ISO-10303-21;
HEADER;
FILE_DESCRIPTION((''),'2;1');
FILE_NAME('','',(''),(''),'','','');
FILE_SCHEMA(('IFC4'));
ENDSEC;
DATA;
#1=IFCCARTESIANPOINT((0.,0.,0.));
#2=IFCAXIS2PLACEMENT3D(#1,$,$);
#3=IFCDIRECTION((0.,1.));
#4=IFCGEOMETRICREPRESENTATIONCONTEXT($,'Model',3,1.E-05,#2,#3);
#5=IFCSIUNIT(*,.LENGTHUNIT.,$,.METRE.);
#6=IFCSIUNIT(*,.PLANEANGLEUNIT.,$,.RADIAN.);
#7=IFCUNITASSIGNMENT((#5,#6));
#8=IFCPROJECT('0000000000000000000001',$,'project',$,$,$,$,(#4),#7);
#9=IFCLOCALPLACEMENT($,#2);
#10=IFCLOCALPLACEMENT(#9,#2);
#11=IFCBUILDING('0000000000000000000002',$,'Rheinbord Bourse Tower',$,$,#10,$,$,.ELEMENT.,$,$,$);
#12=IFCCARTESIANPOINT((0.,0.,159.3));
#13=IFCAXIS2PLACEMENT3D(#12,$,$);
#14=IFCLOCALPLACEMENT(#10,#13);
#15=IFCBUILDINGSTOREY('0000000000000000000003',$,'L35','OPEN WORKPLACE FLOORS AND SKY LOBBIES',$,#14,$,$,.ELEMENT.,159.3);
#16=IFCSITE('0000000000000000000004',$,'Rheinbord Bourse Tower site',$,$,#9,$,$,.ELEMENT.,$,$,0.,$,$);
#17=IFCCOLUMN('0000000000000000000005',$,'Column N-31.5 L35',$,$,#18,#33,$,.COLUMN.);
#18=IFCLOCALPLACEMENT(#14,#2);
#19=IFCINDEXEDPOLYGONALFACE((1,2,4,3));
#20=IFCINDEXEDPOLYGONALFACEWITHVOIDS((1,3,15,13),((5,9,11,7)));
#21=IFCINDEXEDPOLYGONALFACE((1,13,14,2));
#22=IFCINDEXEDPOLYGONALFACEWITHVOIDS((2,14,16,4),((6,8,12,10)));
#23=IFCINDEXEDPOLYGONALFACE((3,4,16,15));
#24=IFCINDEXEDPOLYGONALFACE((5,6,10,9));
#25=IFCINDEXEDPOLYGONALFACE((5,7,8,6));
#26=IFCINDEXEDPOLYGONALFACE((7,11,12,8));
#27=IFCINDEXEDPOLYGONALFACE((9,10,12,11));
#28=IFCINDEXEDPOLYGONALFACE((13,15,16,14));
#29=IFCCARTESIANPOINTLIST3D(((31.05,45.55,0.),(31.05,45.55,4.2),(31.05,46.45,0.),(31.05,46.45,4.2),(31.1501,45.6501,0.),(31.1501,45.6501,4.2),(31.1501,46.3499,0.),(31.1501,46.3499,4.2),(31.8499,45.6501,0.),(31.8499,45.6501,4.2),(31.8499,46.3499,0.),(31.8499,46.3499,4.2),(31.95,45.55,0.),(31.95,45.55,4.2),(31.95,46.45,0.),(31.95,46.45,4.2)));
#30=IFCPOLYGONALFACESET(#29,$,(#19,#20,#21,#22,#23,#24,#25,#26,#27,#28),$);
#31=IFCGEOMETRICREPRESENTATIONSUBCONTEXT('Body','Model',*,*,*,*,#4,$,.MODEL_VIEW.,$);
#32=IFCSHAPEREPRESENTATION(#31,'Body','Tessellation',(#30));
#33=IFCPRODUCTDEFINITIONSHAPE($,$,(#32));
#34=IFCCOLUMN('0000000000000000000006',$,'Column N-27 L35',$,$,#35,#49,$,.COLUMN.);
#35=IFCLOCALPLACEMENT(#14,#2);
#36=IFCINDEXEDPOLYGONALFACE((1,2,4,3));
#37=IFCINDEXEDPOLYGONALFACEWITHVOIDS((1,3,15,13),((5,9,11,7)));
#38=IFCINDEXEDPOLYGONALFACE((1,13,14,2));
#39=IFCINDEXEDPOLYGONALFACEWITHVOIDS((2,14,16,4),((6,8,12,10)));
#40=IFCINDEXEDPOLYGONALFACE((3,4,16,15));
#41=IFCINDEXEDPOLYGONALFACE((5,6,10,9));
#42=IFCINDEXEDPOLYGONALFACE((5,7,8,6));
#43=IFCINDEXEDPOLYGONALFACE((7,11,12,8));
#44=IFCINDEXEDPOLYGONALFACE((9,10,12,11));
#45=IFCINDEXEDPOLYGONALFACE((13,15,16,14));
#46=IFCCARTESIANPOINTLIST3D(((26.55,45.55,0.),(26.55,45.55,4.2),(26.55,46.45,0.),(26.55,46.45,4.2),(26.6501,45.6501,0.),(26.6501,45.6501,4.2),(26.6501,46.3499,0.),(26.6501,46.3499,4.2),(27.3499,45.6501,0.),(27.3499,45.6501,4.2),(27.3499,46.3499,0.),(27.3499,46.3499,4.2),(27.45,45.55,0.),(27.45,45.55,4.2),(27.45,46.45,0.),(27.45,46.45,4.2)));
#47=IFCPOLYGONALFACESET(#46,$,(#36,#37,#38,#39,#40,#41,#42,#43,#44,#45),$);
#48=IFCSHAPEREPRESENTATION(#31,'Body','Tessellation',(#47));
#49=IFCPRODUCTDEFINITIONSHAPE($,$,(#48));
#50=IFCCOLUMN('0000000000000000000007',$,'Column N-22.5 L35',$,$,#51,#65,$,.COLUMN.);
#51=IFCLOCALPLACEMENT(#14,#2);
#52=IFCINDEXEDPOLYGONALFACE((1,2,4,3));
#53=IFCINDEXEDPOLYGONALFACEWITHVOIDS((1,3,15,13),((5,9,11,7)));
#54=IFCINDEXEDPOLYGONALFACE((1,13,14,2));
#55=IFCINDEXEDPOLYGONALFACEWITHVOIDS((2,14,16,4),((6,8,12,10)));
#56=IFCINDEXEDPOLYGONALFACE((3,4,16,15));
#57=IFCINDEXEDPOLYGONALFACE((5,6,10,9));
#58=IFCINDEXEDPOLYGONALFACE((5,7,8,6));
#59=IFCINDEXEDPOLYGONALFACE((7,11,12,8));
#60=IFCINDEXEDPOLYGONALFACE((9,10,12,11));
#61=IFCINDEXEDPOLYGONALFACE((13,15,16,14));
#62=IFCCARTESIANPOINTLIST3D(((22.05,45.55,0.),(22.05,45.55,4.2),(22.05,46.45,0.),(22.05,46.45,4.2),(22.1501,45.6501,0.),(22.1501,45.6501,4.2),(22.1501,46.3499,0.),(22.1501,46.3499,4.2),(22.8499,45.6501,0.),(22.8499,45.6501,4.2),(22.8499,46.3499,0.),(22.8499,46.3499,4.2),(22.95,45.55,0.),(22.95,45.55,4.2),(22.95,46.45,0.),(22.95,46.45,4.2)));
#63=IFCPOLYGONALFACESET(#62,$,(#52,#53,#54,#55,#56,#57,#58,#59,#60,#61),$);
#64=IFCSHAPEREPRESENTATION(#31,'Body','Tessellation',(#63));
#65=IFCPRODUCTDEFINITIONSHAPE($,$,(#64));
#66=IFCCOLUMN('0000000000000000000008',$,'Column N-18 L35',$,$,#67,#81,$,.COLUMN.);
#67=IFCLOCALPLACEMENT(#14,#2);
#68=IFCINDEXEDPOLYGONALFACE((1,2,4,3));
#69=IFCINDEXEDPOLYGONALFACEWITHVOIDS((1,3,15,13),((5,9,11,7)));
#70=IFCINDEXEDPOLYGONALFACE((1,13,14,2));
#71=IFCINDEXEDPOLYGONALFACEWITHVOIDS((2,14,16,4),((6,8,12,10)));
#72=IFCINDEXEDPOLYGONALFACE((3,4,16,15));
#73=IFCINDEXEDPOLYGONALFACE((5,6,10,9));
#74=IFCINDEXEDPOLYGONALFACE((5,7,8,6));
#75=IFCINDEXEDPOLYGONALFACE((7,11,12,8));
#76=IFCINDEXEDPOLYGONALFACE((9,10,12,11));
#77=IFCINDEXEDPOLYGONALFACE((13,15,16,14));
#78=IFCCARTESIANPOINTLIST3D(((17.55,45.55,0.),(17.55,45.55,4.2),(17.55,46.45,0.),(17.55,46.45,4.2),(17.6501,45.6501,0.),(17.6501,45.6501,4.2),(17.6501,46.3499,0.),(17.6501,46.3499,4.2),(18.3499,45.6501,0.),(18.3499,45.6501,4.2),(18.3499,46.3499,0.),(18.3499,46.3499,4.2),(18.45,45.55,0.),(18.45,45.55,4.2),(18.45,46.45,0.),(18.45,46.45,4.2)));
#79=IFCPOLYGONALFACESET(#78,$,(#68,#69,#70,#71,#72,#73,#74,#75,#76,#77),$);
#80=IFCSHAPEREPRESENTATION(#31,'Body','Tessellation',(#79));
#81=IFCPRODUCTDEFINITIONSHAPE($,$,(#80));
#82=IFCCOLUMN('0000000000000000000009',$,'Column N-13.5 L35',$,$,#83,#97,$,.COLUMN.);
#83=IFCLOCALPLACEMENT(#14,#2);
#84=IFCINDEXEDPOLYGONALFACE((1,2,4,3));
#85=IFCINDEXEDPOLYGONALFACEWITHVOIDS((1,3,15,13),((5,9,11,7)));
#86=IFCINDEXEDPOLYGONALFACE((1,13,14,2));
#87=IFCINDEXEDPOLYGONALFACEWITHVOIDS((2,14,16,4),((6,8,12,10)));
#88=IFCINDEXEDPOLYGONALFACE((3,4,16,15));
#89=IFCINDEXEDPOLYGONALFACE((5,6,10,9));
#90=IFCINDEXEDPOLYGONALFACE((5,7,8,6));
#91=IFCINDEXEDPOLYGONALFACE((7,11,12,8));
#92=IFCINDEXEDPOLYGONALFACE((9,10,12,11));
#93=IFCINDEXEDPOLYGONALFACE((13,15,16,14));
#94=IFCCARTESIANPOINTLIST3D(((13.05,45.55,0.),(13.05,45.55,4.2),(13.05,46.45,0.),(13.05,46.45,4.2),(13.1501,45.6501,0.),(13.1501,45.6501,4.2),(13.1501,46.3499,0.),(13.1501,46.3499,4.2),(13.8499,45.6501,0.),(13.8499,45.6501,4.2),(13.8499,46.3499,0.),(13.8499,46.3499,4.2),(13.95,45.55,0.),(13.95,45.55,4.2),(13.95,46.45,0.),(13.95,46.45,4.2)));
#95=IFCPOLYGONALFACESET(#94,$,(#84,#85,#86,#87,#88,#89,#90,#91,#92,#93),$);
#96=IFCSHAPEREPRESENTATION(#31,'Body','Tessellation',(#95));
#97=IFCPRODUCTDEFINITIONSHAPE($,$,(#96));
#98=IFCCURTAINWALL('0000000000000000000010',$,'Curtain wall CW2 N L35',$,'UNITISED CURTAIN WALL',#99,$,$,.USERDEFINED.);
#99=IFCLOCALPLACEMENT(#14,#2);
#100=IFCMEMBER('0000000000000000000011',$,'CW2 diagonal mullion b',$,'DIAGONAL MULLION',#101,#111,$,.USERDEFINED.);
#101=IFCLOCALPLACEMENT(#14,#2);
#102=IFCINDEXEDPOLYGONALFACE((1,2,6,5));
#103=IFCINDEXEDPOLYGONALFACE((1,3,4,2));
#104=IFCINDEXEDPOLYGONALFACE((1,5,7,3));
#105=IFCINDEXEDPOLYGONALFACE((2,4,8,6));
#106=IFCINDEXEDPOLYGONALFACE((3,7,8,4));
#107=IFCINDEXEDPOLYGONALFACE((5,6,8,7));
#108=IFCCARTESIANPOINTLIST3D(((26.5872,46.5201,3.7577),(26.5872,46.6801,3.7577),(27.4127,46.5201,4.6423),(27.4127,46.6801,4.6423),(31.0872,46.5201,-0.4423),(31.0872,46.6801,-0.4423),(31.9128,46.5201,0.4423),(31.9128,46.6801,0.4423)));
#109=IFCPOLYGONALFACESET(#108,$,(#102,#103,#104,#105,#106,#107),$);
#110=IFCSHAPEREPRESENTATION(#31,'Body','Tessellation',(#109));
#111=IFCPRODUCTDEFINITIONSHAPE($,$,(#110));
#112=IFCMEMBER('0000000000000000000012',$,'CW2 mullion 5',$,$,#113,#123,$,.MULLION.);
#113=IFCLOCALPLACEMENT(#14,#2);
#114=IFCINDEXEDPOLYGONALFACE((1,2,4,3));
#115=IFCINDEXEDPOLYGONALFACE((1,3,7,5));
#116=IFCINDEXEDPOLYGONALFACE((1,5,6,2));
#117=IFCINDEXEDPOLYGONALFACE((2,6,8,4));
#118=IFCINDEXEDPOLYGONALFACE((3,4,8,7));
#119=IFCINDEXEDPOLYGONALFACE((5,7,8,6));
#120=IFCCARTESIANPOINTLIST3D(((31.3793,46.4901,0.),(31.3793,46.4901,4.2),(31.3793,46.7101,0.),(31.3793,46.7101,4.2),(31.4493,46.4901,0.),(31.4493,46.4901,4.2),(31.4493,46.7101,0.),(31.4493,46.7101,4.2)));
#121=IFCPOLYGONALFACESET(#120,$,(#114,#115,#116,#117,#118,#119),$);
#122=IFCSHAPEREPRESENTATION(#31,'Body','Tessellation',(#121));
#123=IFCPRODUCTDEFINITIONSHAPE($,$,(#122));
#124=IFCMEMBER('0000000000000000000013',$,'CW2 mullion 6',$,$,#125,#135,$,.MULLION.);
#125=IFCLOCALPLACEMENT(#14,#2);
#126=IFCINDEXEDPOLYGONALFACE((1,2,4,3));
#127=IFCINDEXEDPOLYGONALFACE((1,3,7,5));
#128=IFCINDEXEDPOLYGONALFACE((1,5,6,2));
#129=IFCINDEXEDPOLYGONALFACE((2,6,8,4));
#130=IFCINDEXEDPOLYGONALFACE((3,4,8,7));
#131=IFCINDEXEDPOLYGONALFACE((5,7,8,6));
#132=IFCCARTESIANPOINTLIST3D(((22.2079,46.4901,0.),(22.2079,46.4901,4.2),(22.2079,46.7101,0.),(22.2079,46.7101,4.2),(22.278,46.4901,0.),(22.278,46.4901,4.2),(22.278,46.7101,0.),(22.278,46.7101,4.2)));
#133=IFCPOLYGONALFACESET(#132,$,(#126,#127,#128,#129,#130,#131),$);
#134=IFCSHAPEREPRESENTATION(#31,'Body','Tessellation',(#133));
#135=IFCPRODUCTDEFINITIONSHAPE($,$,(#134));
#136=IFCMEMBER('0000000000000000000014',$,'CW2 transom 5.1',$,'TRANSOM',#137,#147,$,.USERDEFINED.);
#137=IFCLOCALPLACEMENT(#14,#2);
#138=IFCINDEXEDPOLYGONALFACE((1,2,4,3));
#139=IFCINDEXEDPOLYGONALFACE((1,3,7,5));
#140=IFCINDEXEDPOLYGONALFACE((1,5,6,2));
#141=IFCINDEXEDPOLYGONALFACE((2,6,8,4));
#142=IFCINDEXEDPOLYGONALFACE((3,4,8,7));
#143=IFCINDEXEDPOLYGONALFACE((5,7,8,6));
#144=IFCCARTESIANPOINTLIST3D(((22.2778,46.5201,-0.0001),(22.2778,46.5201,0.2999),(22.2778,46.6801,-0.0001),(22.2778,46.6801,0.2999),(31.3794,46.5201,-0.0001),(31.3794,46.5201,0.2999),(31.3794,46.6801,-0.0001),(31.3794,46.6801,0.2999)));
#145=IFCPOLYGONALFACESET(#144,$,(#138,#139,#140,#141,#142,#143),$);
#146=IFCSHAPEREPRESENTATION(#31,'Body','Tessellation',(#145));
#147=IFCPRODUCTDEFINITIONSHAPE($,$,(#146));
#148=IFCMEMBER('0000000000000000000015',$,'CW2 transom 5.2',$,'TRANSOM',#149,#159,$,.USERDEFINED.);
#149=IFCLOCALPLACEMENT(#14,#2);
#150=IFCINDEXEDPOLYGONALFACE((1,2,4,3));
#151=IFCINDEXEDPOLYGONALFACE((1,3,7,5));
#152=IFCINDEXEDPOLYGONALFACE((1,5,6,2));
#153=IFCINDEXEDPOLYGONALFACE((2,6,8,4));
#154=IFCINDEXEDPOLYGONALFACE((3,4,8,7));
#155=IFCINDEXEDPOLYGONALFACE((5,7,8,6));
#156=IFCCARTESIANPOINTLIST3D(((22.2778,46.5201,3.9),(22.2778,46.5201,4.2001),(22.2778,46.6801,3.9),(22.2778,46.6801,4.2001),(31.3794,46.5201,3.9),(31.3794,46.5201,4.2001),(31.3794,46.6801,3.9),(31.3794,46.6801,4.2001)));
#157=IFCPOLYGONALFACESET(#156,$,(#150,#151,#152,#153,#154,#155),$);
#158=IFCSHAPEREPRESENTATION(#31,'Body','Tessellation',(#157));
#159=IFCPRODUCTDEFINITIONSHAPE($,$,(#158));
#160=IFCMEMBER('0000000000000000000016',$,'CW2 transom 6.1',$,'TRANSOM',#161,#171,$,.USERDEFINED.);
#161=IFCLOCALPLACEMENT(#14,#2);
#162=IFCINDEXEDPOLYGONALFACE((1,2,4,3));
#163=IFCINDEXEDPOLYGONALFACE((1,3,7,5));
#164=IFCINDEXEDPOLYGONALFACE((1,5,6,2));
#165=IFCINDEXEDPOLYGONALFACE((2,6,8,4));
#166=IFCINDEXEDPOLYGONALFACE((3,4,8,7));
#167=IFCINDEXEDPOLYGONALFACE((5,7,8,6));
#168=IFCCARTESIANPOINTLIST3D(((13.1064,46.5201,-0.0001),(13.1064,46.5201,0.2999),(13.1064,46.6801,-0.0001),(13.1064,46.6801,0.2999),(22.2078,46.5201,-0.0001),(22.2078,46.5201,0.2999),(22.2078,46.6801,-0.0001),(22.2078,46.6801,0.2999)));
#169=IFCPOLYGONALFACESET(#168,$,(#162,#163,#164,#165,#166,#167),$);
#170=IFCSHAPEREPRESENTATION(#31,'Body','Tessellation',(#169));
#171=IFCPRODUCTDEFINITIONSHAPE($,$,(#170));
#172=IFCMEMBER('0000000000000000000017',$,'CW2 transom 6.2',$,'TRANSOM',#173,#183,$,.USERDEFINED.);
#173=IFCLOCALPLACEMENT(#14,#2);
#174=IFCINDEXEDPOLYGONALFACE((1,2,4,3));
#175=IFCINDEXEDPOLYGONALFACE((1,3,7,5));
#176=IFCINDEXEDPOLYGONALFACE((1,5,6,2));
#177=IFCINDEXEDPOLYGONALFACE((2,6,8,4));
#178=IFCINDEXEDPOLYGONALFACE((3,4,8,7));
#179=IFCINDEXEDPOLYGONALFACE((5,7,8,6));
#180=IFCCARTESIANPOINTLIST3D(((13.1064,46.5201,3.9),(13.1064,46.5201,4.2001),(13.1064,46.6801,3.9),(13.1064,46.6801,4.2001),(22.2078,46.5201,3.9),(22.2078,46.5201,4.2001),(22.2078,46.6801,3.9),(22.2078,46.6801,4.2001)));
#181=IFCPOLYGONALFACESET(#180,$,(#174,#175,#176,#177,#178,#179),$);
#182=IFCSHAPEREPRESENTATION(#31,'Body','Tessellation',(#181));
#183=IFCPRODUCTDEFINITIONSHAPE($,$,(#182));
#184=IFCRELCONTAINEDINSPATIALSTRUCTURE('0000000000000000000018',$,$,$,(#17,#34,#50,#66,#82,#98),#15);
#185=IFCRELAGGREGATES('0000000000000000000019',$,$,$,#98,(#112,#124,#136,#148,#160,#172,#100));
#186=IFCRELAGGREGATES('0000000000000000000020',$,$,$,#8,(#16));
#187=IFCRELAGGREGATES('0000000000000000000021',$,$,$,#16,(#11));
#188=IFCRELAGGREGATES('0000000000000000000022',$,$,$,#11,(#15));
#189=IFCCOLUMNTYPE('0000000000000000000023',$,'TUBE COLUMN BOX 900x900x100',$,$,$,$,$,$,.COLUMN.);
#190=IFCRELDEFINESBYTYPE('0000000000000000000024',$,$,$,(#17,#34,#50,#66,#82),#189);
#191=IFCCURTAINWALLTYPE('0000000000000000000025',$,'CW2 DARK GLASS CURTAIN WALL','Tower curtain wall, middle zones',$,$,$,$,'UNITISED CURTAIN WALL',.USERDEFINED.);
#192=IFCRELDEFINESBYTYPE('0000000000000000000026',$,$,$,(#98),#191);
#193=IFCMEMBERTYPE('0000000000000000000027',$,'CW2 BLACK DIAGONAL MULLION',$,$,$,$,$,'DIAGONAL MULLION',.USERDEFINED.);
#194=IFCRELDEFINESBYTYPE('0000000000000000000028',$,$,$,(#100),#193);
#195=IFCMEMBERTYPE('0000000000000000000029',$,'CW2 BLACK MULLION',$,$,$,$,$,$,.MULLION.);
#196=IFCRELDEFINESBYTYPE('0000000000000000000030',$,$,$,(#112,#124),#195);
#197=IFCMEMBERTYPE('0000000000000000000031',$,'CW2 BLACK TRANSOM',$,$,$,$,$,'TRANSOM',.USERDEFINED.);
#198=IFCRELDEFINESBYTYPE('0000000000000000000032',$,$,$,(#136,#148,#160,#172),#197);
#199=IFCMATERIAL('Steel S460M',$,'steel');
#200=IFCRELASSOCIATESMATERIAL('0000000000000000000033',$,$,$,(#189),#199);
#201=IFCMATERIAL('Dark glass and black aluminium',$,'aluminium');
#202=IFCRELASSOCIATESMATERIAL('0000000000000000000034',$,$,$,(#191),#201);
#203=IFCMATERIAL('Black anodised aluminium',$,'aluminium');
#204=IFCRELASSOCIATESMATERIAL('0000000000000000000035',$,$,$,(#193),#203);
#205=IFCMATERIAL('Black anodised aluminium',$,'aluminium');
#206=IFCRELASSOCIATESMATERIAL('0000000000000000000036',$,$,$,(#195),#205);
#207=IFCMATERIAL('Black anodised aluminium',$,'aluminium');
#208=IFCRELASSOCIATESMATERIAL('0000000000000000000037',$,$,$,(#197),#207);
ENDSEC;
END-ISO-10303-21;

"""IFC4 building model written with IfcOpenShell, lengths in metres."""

from ifc_helpers import new_model, si_unit, direction, frame, origin, origin_2d, place, context, subcontext, project, spatial, rectangle, hollow_rectangle, extrude, material, material_profile, profile_set, type_object, element, aggregate, save


model = new_model("IFC4")

# Units and contexts
model_context = context("Model", 3, precision=1e-05, world=origin(), true_north=direction((0.0, 1.0)))
body_context = subcontext(model_context, "Body", "Model", "MODEL_VIEW")
ifc_project = project(units=[si_unit("LENGTHUNIT", "METRE"), si_unit("PLANEANGLEUNIT", "RADIAN")], contexts=[model_context])

# Site, building, storey
site_placement = place(None, origin())
site = spatial("IfcSite", under=ifc_project, at=site_placement, Name="Rheinbord Bourse Tower site", CompositionType="ELEMENT", RefElevation=0.0)
building_placement = place(site_placement, origin())
building = spatial("IfcBuilding", under=site, at=building_placement, Name="Rheinbord Bourse Tower", CompositionType="ELEMENT")
storey_placement = place(building_placement, frame((0.0, 0.0, 159.3)))
storey = spatial("IfcBuildingStorey", under=building, at=storey_placement, Name="L35", Description="OPEN WORKPLACE FLOORS AND SKY LOBBIES", CompositionType="ELEMENT", Elevation=159.3)

# Columns
ifc_material_1 = material(Name="Steel S460M", Category="steel")
ifc_material_profile_1 = material_profile(ifc_material_1, hollow_rectangle(XDim=0.8999, YDim=0.8999, WallThickness=0.1001, at=origin_2d()), Name="BOX 900x900x100")
ifc_profile_set_1 = profile_set([ifc_material_profile_1], Name="Steel S460M")
column_type = type_object("IfcColumnType", Name="TUBE COLUMN BOX 900x900x100", PredefinedType="COLUMN", material=ifc_profile_set_1)
for number, where, z_axis, x_axis, name in (
    (1, (31.5, 46.0, 0.0), (0.0, 0.0, 1.0), (0.0, 1.0, 0.0), "Column N-31.5 L35"),
    (2, (27.0, 46.0, 0.0), (0.0, 0.0, 1.0), (0.0, 1.0, 0.0), "Column N-27 L35"),
    (3, (22.5, 46.0, 0.0), (0.0, 0.0, 1.0), (0.0, 1.0, 0.0), "Column N-22.5 L35"),
    (4, (18.0, 46.0, 0.0), (0.0, 0.0, 1.0), (0.0, 1.0, 0.0), "Column N-18 L35"),
    (5, (13.5, 46.0, 0.0), (0.0, 0.0, 1.0), (0.0, 1.0, 0.0), "Column N-13.5 L35"),
):
    element("IfcColumn", number, at=place(storey_placement, frame(where, z_axis=z_axis, x_axis=x_axis)), inside=storey, type_object=column_type, Name=name, PredefinedType="COLUMN", context=body_context, shape_type="SweptSolid", body=[
        extrude(hollow_rectangle(XDim=0.8999, YDim=0.8999, WallThickness=0.1001, at=origin_2d()), origin(), (0.0, 0.0, 1.0), 4.2),
    ])

# Curtain wall, members
ifc_material_2 = material(Name="Dark glass and black aluminium", Category="aluminium")
curtain_wall_type = type_object("IfcCurtainWallType", Name="CW2 DARK GLASS CURTAIN WALL", Description="Tower curtain wall, middle zones", ElementType="UNITISED CURTAIN WALL", PredefinedType="USERDEFINED", material=ifc_material_2)
curtain_wall_placement = place(storey_placement, origin())
curtain_wall = element("IfcCurtainWall", 6, at=curtain_wall_placement, inside=storey, type_object=curtain_wall_type, Name="Curtain wall CW2 N L35", ObjectType="UNITISED CURTAIN WALL", PredefinedType="USERDEFINED")
ifc_material_3 = material(Name="Black anodised aluminium", Category="aluminium")
ifc_material_profile_2 = material_profile(ifc_material_3, rectangle(XDim=0.1599, YDim=1.21, at=origin_2d()), Name="CW2 DIAGONAL MULLION 1210x160")
ifc_profile_set_2 = profile_set([ifc_material_profile_2], Name="Black anodised aluminium")
member_type_1 = type_object("IfcMemberType", Name="CW2 BLACK DIAGONAL MULLION", ElementType="DIAGONAL MULLION", PredefinedType="USERDEFINED", material=ifc_profile_set_2)
member_1_placement = place(storey_placement, frame((31.5, 46.6001, 0.0), z_axis=(-0.731059, 0.0, 0.682314), x_axis=(0.0, -1.0, 0.0)))
member_1 = element("IfcMember", 7, at=member_1_placement, type_object=member_type_1, Name="CW2 diagonal mullion b", ObjectType="DIAGONAL MULLION", PredefinedType="USERDEFINED", context=body_context, shape_type="SweptSolid", body=[
    extrude(rectangle(XDim=0.1599, YDim=1.21, at=origin_2d()), origin(), (0.0, 0.0, 1.0), 6.1555),
])
ifc_material_4 = material(Name="Black anodised aluminium", Category="aluminium")
ifc_material_profile_3 = material_profile(ifc_material_4, rectangle(XDim=0.22, YDim=0.0701, at=origin_2d()), Name="CW2 MULLION 70x220")
ifc_profile_set_3 = profile_set([ifc_material_profile_3], Name="Black anodised aluminium")
member_type_2 = type_object("IfcMemberType", Name="CW2 BLACK MULLION", PredefinedType="MULLION", material=ifc_profile_set_3)
member_2_placement = place(storey_placement, frame((31.4143, 46.6001, 0.0), z_axis=(0.0, 0.0, 1.0), x_axis=(0.0, -1.0, 0.0)))
member_2 = element("IfcMember", 8, at=member_2_placement, type_object=member_type_2, Name="CW2 mullion 5", PredefinedType="MULLION", context=body_context, shape_type="SweptSolid", body=[
    extrude(rectangle(XDim=0.22, YDim=0.0701, at=origin_2d()), origin(), (0.0, 0.0, 1.0), 4.2),
])
member_3_placement = place(storey_placement, frame((22.2429, 46.6001, 0.0), z_axis=(0.0, 0.0, 1.0), x_axis=(0.0, -1.0, 0.0)))
member_3 = element("IfcMember", 9, at=member_3_placement, type_object=member_type_2, Name="CW2 mullion 6", PredefinedType="MULLION", context=body_context, shape_type="SweptSolid", body=[
    extrude(rectangle(XDim=0.22, YDim=0.0701, at=origin_2d()), origin(), (0.0, 0.0, 1.0), 4.2),
])
ifc_material_5 = material(Name="Black anodised aluminium", Category="aluminium")
ifc_material_profile_4 = material_profile(ifc_material_5, rectangle(XDim=0.1599, YDim=0.3, at=origin_2d()), Name="CW2 TRANSOM 300x160")
ifc_profile_set_4 = profile_set([ifc_material_profile_4], Name="Black anodised aluminium")
member_type_3 = type_object("IfcMemberType", Name="CW2 BLACK TRANSOM", ElementType="TRANSOM", PredefinedType="USERDEFINED", material=ifc_profile_set_4)
member_4_placement = place(storey_placement, frame((31.3794, 46.6001, 0.1499), z_axis=(-1.0, 0.0, 0.0), x_axis=(0.0, -1.0, 0.0)))
member_4 = element("IfcMember", 10, at=member_4_placement, type_object=member_type_3, Name="CW2 transom 5.1", ObjectType="TRANSOM", PredefinedType="USERDEFINED", context=body_context, shape_type="SweptSolid", body=[
    extrude(rectangle(XDim=0.1599, YDim=0.3, at=origin_2d()), origin(), (0.0, 0.0, 1.0), 9.1016),
])
member_5_placement = place(storey_placement, frame((31.3794, 46.6001, 4.05), z_axis=(-1.0, 0.0, 0.0), x_axis=(0.0, -1.0, 0.0)))
member_5 = element("IfcMember", 11, at=member_5_placement, type_object=member_type_3, Name="CW2 transom 5.2", ObjectType="TRANSOM", PredefinedType="USERDEFINED", context=body_context, shape_type="SweptSolid", body=[
    extrude(rectangle(XDim=0.1599, YDim=0.3, at=origin_2d()), origin(), (0.0, 0.0, 1.0), 9.1016),
])
member_6_placement = place(storey_placement, frame((22.2078, 46.6001, 0.1499), z_axis=(-1.0, 0.0, 0.0), x_axis=(0.0, -1.0, 0.0)))
member_6 = element("IfcMember", 12, at=member_6_placement, type_object=member_type_3, Name="CW2 transom 6.1", ObjectType="TRANSOM", PredefinedType="USERDEFINED", context=body_context, shape_type="SweptSolid", body=[
    extrude(rectangle(XDim=0.1599, YDim=0.3, at=origin_2d()), origin(), (0.0, 0.0, 1.0), 9.1013),
])
member_7_placement = place(storey_placement, frame((22.2078, 46.6001, 4.05), z_axis=(-1.0, 0.0, 0.0), x_axis=(0.0, -1.0, 0.0)))
member_7 = element("IfcMember", 13, at=member_7_placement, type_object=member_type_3, Name="CW2 transom 6.2", ObjectType="TRANSOM", PredefinedType="USERDEFINED", context=body_context, shape_type="SweptSolid", body=[
    extrude(rectangle(XDim=0.1599, YDim=0.3, at=origin_2d()), origin(), (0.0, 0.0, 1.0), 9.1013),
])

aggregate(curtain_wall, [member_2, member_3, member_4, member_5, member_6, member_7, member_1])

save(model, "model.ifc")
